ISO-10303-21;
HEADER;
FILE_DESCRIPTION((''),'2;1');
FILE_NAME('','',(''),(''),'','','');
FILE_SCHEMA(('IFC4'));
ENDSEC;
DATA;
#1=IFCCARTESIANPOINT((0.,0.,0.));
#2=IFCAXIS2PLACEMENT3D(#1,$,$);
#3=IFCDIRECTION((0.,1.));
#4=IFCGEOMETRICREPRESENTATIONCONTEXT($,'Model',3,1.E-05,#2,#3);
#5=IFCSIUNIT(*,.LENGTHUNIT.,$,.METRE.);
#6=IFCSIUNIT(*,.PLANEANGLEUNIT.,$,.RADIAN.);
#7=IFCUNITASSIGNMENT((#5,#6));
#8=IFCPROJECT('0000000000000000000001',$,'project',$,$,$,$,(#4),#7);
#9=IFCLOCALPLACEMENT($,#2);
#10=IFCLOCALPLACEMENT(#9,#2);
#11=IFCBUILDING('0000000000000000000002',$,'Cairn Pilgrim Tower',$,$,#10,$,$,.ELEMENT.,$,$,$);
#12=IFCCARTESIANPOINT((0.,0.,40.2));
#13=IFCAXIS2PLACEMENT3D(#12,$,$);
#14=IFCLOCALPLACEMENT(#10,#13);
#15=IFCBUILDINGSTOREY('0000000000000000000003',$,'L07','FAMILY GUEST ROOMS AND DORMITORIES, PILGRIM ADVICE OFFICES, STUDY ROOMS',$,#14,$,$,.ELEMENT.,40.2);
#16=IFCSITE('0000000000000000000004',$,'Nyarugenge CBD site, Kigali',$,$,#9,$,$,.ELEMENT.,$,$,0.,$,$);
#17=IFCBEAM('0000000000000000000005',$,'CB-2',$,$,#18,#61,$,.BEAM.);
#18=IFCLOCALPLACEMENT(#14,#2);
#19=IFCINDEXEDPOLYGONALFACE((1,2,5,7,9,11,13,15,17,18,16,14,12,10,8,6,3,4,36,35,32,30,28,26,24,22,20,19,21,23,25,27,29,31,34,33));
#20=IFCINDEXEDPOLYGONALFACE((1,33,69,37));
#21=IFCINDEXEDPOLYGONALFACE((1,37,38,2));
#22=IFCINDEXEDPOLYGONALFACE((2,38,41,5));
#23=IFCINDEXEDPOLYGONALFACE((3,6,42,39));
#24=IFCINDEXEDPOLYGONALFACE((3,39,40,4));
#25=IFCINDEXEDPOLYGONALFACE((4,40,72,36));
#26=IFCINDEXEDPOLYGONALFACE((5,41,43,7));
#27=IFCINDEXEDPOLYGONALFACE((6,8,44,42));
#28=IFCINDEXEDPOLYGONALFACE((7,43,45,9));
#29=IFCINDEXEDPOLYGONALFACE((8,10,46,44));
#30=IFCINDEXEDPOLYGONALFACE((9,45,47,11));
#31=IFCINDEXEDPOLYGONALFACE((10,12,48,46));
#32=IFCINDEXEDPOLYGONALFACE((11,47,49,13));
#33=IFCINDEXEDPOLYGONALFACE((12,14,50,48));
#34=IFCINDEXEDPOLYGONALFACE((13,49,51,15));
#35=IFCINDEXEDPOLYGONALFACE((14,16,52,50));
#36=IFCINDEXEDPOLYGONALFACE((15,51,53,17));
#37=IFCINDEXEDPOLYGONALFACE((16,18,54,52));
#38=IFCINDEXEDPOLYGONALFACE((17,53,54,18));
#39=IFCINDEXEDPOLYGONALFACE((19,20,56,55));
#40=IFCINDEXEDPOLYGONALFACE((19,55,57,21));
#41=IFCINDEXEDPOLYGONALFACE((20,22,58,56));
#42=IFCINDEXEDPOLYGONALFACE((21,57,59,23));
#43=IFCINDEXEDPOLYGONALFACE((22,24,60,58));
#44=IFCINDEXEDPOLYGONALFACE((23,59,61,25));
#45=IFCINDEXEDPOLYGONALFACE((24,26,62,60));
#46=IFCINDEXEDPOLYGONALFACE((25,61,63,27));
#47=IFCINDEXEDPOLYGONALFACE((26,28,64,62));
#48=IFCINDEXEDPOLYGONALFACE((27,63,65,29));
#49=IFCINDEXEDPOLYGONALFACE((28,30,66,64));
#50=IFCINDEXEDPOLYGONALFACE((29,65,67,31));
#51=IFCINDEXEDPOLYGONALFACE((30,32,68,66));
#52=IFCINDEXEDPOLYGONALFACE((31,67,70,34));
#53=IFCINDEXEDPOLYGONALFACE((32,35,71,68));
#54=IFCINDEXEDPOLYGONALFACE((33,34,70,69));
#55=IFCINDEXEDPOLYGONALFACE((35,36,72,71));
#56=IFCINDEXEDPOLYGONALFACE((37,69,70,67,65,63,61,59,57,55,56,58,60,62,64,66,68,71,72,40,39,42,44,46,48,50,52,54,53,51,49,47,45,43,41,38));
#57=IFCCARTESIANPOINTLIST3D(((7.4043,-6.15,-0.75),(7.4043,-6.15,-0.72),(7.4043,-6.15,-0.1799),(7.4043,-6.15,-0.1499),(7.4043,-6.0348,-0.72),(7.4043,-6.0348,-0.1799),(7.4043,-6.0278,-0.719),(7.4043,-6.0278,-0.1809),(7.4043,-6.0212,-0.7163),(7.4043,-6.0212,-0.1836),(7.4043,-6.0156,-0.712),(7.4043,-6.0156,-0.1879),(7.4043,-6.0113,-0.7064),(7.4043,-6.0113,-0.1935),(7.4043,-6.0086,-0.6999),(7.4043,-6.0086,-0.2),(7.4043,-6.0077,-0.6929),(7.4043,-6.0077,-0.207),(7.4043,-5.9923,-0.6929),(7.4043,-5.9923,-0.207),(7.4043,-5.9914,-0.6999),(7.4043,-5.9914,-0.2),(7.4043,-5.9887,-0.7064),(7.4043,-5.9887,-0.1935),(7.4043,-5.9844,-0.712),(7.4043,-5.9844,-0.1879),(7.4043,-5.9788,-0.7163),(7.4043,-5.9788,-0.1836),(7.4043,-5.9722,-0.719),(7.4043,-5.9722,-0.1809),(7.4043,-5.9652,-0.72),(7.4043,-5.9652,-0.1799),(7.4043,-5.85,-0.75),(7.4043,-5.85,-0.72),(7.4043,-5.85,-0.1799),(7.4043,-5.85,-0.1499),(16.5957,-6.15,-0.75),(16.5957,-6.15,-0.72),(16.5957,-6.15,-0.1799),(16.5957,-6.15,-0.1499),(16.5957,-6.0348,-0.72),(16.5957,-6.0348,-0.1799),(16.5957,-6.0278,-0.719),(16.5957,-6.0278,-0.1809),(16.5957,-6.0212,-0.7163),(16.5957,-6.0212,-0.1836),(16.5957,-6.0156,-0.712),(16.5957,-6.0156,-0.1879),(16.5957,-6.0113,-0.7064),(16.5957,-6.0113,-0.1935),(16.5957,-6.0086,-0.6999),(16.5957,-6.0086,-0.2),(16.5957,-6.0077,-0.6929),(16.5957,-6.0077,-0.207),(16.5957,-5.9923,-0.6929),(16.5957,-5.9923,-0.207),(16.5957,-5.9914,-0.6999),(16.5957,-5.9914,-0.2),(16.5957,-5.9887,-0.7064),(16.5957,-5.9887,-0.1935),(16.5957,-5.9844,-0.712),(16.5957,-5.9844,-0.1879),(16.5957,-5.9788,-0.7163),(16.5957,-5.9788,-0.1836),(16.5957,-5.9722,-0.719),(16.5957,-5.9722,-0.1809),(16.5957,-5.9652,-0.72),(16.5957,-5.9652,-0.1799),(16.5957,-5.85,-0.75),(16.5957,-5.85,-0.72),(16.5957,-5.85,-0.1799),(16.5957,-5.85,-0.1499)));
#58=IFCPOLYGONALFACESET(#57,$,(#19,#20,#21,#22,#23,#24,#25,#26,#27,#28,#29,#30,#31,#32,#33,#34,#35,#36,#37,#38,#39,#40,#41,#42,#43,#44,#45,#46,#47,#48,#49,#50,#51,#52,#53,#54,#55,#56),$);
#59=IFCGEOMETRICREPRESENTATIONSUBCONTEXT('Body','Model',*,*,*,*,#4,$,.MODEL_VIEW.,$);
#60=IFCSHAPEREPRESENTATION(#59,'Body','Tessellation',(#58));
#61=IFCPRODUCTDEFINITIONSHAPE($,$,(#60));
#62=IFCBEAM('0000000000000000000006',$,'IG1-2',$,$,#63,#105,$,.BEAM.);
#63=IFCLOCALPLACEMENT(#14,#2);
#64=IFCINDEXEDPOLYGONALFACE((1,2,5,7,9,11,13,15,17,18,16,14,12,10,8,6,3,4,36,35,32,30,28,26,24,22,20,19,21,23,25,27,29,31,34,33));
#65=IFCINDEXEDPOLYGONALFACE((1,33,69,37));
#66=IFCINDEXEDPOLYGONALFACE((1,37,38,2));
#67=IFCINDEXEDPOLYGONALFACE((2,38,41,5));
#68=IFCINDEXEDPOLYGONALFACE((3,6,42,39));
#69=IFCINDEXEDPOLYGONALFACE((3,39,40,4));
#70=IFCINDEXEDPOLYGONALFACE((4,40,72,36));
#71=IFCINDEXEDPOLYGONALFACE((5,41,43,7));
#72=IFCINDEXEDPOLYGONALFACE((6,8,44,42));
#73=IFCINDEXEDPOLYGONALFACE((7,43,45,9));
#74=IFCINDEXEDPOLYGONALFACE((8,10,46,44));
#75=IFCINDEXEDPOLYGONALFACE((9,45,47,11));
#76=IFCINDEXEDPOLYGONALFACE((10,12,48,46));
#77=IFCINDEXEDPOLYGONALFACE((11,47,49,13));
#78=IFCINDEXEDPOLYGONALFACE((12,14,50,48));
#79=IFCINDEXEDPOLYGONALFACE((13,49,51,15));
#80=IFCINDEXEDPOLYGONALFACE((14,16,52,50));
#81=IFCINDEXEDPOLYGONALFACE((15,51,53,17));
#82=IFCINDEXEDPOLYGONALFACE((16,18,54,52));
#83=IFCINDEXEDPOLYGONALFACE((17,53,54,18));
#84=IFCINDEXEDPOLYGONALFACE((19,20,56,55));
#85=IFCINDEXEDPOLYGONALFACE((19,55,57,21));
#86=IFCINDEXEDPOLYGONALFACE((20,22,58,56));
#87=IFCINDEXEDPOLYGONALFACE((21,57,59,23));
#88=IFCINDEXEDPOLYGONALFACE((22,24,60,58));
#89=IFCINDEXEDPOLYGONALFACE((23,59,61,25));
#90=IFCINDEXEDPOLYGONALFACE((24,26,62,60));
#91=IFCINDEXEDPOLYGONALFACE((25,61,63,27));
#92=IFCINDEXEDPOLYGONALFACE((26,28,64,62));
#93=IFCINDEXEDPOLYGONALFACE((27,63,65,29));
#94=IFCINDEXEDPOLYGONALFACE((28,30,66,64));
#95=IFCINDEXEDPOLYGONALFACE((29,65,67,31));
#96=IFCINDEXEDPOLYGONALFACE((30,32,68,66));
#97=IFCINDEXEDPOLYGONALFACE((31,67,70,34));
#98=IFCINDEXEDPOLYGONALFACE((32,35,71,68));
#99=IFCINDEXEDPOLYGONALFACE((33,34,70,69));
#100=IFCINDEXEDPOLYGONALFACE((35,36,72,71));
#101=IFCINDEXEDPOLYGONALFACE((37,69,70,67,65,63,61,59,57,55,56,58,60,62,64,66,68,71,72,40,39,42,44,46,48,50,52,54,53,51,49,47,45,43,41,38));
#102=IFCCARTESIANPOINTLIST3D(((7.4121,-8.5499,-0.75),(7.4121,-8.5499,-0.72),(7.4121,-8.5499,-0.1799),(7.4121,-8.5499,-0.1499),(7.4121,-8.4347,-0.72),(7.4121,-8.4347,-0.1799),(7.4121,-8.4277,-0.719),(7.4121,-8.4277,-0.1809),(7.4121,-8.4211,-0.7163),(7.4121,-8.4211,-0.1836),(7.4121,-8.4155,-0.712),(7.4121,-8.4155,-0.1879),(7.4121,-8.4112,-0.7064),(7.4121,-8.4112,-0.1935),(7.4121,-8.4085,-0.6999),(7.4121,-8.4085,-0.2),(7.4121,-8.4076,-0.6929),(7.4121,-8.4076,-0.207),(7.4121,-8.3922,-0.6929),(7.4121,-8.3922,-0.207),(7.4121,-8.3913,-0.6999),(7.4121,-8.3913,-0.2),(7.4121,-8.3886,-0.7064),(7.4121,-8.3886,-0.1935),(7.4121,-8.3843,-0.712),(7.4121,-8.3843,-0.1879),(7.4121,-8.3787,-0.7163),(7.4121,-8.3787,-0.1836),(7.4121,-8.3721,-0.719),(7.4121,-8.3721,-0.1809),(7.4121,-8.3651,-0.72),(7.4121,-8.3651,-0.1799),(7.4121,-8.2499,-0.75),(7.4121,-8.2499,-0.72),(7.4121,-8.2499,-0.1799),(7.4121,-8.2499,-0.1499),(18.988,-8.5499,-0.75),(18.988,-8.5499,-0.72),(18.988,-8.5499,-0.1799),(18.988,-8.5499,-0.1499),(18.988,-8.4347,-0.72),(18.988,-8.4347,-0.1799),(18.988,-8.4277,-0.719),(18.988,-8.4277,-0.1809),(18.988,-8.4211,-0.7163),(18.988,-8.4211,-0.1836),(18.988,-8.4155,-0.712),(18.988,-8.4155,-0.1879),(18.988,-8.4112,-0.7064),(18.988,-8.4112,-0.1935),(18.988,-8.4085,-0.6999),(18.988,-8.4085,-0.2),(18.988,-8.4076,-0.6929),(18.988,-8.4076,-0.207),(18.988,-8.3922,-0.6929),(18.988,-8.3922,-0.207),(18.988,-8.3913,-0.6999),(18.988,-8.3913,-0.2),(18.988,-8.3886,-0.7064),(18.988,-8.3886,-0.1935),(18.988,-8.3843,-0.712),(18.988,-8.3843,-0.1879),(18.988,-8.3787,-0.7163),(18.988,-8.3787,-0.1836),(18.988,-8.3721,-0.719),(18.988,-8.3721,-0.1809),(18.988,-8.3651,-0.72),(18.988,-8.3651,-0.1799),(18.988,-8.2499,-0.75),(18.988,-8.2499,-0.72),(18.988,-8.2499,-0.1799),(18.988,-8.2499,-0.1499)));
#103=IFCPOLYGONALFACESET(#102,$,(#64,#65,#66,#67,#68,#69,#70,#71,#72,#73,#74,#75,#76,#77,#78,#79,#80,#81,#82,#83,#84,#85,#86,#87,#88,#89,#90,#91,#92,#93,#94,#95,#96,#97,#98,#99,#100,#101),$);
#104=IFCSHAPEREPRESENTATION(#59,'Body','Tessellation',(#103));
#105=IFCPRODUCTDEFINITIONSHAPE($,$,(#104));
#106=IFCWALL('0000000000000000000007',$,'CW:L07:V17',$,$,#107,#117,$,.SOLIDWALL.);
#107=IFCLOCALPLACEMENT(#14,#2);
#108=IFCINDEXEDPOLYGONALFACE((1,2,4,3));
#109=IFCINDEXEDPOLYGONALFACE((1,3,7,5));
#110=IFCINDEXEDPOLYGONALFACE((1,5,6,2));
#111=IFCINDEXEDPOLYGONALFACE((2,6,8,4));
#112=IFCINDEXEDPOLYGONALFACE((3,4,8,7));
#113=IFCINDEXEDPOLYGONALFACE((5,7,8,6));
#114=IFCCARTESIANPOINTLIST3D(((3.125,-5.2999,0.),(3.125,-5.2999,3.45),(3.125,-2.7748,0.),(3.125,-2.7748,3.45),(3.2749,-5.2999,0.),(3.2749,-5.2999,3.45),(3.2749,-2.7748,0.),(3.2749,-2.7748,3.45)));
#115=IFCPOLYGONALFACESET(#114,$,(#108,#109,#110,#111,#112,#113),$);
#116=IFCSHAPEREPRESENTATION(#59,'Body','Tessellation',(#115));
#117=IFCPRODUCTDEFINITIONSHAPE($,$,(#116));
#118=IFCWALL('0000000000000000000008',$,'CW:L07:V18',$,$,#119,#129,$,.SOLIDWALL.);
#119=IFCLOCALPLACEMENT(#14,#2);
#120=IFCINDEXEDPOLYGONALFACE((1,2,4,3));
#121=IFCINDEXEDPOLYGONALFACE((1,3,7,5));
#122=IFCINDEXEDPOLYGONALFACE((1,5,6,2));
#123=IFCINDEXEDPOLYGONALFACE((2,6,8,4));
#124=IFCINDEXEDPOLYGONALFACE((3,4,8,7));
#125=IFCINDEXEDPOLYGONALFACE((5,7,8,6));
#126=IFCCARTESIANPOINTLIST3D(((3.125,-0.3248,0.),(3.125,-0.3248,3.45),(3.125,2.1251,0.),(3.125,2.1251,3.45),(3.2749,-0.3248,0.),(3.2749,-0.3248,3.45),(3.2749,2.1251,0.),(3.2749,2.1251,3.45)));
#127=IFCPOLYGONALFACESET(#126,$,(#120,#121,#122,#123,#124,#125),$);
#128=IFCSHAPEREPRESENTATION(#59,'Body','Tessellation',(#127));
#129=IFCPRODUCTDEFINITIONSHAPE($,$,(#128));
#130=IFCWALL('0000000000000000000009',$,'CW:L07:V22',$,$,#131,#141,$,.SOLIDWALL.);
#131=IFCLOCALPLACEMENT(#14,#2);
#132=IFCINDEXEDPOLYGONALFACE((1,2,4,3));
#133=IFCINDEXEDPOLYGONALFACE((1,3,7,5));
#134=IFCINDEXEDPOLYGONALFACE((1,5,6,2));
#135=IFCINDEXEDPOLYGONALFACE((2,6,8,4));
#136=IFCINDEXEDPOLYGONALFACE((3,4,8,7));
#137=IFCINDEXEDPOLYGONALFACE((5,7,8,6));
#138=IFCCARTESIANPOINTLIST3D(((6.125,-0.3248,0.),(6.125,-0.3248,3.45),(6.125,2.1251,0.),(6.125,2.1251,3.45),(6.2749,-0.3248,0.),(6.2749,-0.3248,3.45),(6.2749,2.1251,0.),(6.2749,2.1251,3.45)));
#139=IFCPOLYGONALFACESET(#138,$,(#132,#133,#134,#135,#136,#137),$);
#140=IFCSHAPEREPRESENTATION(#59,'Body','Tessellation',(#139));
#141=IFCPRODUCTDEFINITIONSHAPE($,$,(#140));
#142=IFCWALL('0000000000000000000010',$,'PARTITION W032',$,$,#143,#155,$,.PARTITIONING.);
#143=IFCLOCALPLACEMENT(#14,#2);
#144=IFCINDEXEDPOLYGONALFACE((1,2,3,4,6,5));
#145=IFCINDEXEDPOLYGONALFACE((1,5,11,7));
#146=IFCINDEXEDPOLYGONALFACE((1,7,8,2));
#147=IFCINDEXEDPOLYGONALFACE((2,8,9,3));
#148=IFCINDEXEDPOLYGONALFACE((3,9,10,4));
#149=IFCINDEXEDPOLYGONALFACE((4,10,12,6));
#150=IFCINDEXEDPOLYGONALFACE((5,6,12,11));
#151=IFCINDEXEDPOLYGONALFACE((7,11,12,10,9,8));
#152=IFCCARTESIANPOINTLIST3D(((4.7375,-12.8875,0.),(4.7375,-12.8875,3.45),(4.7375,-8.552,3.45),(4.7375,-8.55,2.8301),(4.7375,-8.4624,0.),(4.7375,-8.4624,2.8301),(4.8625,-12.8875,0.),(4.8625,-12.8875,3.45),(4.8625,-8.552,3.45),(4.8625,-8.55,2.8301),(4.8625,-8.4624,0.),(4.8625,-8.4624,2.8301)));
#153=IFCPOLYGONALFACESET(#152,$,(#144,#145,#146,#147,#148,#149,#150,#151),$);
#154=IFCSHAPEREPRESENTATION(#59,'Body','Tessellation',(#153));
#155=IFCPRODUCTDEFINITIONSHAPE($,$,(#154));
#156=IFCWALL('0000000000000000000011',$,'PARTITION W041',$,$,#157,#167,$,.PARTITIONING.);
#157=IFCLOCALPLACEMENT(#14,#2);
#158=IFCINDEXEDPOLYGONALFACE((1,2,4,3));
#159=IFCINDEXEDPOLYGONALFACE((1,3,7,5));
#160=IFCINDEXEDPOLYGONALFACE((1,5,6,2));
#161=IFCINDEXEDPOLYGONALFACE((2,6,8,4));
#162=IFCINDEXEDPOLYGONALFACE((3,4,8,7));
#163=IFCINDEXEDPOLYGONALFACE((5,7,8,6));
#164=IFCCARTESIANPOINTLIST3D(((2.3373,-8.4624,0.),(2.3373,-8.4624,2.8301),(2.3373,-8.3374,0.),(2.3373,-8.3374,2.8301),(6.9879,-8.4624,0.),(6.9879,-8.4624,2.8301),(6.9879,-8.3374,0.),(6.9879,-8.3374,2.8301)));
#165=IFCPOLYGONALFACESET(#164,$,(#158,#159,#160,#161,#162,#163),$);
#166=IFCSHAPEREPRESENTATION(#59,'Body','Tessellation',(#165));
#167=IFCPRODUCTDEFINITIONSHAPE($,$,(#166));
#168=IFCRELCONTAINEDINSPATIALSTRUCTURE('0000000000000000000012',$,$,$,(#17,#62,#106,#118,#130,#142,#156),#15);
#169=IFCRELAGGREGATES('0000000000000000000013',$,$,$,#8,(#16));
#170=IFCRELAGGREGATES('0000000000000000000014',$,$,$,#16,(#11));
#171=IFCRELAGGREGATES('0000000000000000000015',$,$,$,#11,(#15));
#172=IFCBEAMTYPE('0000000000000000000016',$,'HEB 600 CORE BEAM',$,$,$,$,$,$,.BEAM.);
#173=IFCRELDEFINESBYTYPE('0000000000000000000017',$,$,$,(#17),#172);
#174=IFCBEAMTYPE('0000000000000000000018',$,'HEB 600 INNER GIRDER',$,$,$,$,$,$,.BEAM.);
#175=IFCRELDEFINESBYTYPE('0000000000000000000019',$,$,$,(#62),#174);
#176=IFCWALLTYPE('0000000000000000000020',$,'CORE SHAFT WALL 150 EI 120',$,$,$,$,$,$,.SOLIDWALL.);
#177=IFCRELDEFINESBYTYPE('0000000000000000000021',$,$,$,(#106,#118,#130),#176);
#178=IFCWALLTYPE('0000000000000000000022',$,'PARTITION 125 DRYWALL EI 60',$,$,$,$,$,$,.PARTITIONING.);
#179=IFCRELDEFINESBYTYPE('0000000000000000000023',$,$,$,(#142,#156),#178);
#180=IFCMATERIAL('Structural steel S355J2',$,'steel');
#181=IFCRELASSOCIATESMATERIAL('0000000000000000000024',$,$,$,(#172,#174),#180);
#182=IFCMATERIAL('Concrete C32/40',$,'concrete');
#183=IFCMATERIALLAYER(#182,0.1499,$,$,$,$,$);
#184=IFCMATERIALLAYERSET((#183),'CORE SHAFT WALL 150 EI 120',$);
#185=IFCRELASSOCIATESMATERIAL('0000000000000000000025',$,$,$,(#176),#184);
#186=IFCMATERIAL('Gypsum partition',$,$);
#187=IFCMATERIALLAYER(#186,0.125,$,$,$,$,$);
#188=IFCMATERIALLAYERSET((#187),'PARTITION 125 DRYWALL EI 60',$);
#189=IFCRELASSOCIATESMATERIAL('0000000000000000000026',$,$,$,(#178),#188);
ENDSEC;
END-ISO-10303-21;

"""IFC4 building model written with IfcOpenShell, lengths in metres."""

from ifc_helpers import new_model, si_unit, direction, frame, frame_2d, origin, origin_2d, place, context, subcontext, project, spatial, polyline, rectangle, i_section, outline, extrude, material, layer, layer_set, material_profile, profile_set, type_object, element, save


model = new_model("IFC4")

# Units and contexts
model_context = context("Model", 3, precision=1e-05, world=origin(), true_north=direction((0.0, 1.0)))
body_context = subcontext(model_context, "Body", "Model", "MODEL_VIEW")
ifc_project = project(units=[si_unit("LENGTHUNIT", "METRE"), si_unit("PLANEANGLEUNIT", "RADIAN")], contexts=[model_context])

# Site, building, storey
site_placement = place(None, origin())
site = spatial("IfcSite", under=ifc_project, at=site_placement, Name="Nyarugenge CBD site, Kigali", CompositionType="ELEMENT", RefElevation=0.0)
building_placement = place(site_placement, origin())
building = spatial("IfcBuilding", under=site, at=building_placement, Name="Cairn Pilgrim Tower", CompositionType="ELEMENT")
storey_placement = place(building_placement, frame((0.0, 0.0, 40.2)))
storey = spatial("IfcBuildingStorey", under=building, at=storey_placement, Name="L07", Description="FAMILY GUEST ROOMS AND DORMITORIES, PILGRIM ADVICE OFFICES, STUDY ROOMS", CompositionType="ELEMENT", Elevation=40.2)

# Beams
ifc_material_1 = material(Name="Structural steel S355J2", Category="steel")
ifc_material_profile_1 = material_profile(ifc_material_1, i_section(OverallWidth=0.3, OverallDepth=0.6001, WebThickness=0.0154, FlangeThickness=0.03, FilletRadius=0.0271, at=origin_2d()), Name="HEB 600")
ifc_profile_set_1 = profile_set([ifc_material_profile_1], Name="Structural steel S355J2")
beam_type_1 = type_object("IfcBeamType", Name="HEB 600 CORE BEAM", PredefinedType="BEAM", material=ifc_profile_set_1)
beam_1_placement = place(storey_placement, frame((7.4043, -6.0, -0.45), z_axis=(1.0, 0.0, 0.0), x_axis=(0.0, 1.0, 0.0)))
element("IfcBeam", 1, at=beam_1_placement, inside=storey, type_object=beam_type_1, Name="CB-2", PredefinedType="BEAM", context=body_context, shape_type="SweptSolid", body=[
    extrude(i_section(OverallWidth=0.3, OverallDepth=0.6001, WebThickness=0.0154, FlangeThickness=0.03, FilletRadius=0.0271, at=origin_2d()), origin(), (0.0, 0.0, 1.0), 9.1914),
])
ifc_material_profile_2 = material_profile(ifc_material_1, i_section(OverallWidth=0.3, OverallDepth=0.6001, WebThickness=0.0154, FlangeThickness=0.03, FilletRadius=0.0271, at=origin_2d()), Name="HEB 600")
ifc_profile_set_2 = profile_set([ifc_material_profile_2], Name="Structural steel S355J2")
beam_type_2 = type_object("IfcBeamType", Name="HEB 600 INNER GIRDER", PredefinedType="BEAM", material=ifc_profile_set_2)
beam_2_placement = place(storey_placement, frame((7.4121, -8.3999, -0.45), z_axis=(1.0, 0.0, 0.0), x_axis=(0.0, 1.0, 0.0)))
element("IfcBeam", 2, at=beam_2_placement, inside=storey, type_object=beam_type_2, Name="IG1-2", PredefinedType="BEAM", context=body_context, shape_type="SweptSolid", body=[
    extrude(i_section(OverallWidth=0.3, OverallDepth=0.6001, WebThickness=0.0154, FlangeThickness=0.03, FilletRadius=0.0271, at=origin_2d()), origin(), (0.0, 0.0, 1.0), 11.5759),
])

# Walls
ifc_material_2 = material(Name="Concrete C32/40", Category="concrete")
ifc_layer_1 = layer(ifc_material_2, 0.1499)
ifc_layer_set_1 = layer_set([ifc_layer_1], Name="CORE SHAFT WALL 150 EI 120")
wall_type_1 = type_object("IfcWallType", Name="CORE SHAFT WALL 150 EI 120", PredefinedType="SOLIDWALL", material=ifc_layer_set_1)
wall_1_placement = place(storey_placement, frame((3.2, -5.3, 0.0), z_axis=(0.0, 0.0, 1.0), x_axis=(0.0, 1.0, 0.0)))
element("IfcWall", 3, at=wall_1_placement, inside=storey, type_object=wall_type_1, Name="CW:L07:V17", PredefinedType="SOLIDWALL", context=body_context, shape_type="SweptSolid", body=[
    extrude(rectangle(XDim=2.5251, YDim=0.1499, at=frame_2d((1.2627, 0.0))), origin(), (0.0, 0.0, 1.0), 3.45),
])
for number, where, z_axis, x_axis, name in (
    (4, (3.2, -0.325, 0.0), (0.0, 0.0, 1.0), (0.0, 1.0, 0.0), "CW:L07:V18"),
    (5, (6.2, -0.325, 0.0), (0.0, 0.0, 1.0), (0.0, 1.0, 0.0), "CW:L07:V22"),
):
    element("IfcWall", number, at=place(storey_placement, frame(where, z_axis=z_axis, x_axis=x_axis)), inside=storey, type_object=wall_type_1, Name=name, PredefinedType="SOLIDWALL", context=body_context, shape_type="SweptSolid", body=[
        extrude(rectangle(XDim=2.45, YDim=0.1499, at=frame_2d((1.2251, 0.0))), origin(), (0.0, 0.0, 1.0), 3.45),
    ])
ifc_material_3 = material(Name="Gypsum partition")
ifc_layer_2 = layer(ifc_material_3, 0.125)
ifc_layer_set_2 = layer_set([ifc_layer_2], Name="PARTITION 125 DRYWALL EI 60")
wall_type_2 = type_object("IfcWallType", Name="PARTITION 125 DRYWALL EI 60", PredefinedType="PARTITIONING", material=ifc_layer_set_2)
wall_2_placement = place(storey_placement, frame((4.8, -12.8875, 0.0), z_axis=(0.0, 0.0, 1.0), x_axis=(0.0, 1.0, 0.0)))
element("IfcWall", 6, at=wall_2_placement, inside=storey, type_object=wall_type_2, Name="PARTITION W032", PredefinedType="PARTITIONING", context=body_context, shape_type="SweptSolid", body=[
    extrude(outline(polyline([(0.0, 0.0), (4.425, 0.0), (4.425, 2.8301), (4.3374, 2.8301), (4.3354, 3.45), (0.0, 3.45), (0.0, 0.0)])), frame((0.0, 0.0625, 0.0), z_axis=(0.0, -1.0, 0.0), x_axis=(1.0, 0.0, 0.0)), (0.0, 0.0, 1.0), 0.125),
])
wall_3_placement = place(storey_placement, frame((2.3374, -8.3999, 0.0), z_axis=(0.0, 0.0, 1.0), x_axis=(1.0, 0.0, 0.0)))
element("IfcWall", 7, at=wall_3_placement, inside=storey, type_object=wall_type_2, Name="PARTITION W041", PredefinedType="PARTITIONING", context=body_context, shape_type="SweptSolid", body=[
    extrude(rectangle(XDim=4.6506, YDim=0.125, at=frame_2d((2.3252, 0.0))), origin(), (0.0, 0.0, 1.0), 2.8301),
])

save(model, "model.ifc")
